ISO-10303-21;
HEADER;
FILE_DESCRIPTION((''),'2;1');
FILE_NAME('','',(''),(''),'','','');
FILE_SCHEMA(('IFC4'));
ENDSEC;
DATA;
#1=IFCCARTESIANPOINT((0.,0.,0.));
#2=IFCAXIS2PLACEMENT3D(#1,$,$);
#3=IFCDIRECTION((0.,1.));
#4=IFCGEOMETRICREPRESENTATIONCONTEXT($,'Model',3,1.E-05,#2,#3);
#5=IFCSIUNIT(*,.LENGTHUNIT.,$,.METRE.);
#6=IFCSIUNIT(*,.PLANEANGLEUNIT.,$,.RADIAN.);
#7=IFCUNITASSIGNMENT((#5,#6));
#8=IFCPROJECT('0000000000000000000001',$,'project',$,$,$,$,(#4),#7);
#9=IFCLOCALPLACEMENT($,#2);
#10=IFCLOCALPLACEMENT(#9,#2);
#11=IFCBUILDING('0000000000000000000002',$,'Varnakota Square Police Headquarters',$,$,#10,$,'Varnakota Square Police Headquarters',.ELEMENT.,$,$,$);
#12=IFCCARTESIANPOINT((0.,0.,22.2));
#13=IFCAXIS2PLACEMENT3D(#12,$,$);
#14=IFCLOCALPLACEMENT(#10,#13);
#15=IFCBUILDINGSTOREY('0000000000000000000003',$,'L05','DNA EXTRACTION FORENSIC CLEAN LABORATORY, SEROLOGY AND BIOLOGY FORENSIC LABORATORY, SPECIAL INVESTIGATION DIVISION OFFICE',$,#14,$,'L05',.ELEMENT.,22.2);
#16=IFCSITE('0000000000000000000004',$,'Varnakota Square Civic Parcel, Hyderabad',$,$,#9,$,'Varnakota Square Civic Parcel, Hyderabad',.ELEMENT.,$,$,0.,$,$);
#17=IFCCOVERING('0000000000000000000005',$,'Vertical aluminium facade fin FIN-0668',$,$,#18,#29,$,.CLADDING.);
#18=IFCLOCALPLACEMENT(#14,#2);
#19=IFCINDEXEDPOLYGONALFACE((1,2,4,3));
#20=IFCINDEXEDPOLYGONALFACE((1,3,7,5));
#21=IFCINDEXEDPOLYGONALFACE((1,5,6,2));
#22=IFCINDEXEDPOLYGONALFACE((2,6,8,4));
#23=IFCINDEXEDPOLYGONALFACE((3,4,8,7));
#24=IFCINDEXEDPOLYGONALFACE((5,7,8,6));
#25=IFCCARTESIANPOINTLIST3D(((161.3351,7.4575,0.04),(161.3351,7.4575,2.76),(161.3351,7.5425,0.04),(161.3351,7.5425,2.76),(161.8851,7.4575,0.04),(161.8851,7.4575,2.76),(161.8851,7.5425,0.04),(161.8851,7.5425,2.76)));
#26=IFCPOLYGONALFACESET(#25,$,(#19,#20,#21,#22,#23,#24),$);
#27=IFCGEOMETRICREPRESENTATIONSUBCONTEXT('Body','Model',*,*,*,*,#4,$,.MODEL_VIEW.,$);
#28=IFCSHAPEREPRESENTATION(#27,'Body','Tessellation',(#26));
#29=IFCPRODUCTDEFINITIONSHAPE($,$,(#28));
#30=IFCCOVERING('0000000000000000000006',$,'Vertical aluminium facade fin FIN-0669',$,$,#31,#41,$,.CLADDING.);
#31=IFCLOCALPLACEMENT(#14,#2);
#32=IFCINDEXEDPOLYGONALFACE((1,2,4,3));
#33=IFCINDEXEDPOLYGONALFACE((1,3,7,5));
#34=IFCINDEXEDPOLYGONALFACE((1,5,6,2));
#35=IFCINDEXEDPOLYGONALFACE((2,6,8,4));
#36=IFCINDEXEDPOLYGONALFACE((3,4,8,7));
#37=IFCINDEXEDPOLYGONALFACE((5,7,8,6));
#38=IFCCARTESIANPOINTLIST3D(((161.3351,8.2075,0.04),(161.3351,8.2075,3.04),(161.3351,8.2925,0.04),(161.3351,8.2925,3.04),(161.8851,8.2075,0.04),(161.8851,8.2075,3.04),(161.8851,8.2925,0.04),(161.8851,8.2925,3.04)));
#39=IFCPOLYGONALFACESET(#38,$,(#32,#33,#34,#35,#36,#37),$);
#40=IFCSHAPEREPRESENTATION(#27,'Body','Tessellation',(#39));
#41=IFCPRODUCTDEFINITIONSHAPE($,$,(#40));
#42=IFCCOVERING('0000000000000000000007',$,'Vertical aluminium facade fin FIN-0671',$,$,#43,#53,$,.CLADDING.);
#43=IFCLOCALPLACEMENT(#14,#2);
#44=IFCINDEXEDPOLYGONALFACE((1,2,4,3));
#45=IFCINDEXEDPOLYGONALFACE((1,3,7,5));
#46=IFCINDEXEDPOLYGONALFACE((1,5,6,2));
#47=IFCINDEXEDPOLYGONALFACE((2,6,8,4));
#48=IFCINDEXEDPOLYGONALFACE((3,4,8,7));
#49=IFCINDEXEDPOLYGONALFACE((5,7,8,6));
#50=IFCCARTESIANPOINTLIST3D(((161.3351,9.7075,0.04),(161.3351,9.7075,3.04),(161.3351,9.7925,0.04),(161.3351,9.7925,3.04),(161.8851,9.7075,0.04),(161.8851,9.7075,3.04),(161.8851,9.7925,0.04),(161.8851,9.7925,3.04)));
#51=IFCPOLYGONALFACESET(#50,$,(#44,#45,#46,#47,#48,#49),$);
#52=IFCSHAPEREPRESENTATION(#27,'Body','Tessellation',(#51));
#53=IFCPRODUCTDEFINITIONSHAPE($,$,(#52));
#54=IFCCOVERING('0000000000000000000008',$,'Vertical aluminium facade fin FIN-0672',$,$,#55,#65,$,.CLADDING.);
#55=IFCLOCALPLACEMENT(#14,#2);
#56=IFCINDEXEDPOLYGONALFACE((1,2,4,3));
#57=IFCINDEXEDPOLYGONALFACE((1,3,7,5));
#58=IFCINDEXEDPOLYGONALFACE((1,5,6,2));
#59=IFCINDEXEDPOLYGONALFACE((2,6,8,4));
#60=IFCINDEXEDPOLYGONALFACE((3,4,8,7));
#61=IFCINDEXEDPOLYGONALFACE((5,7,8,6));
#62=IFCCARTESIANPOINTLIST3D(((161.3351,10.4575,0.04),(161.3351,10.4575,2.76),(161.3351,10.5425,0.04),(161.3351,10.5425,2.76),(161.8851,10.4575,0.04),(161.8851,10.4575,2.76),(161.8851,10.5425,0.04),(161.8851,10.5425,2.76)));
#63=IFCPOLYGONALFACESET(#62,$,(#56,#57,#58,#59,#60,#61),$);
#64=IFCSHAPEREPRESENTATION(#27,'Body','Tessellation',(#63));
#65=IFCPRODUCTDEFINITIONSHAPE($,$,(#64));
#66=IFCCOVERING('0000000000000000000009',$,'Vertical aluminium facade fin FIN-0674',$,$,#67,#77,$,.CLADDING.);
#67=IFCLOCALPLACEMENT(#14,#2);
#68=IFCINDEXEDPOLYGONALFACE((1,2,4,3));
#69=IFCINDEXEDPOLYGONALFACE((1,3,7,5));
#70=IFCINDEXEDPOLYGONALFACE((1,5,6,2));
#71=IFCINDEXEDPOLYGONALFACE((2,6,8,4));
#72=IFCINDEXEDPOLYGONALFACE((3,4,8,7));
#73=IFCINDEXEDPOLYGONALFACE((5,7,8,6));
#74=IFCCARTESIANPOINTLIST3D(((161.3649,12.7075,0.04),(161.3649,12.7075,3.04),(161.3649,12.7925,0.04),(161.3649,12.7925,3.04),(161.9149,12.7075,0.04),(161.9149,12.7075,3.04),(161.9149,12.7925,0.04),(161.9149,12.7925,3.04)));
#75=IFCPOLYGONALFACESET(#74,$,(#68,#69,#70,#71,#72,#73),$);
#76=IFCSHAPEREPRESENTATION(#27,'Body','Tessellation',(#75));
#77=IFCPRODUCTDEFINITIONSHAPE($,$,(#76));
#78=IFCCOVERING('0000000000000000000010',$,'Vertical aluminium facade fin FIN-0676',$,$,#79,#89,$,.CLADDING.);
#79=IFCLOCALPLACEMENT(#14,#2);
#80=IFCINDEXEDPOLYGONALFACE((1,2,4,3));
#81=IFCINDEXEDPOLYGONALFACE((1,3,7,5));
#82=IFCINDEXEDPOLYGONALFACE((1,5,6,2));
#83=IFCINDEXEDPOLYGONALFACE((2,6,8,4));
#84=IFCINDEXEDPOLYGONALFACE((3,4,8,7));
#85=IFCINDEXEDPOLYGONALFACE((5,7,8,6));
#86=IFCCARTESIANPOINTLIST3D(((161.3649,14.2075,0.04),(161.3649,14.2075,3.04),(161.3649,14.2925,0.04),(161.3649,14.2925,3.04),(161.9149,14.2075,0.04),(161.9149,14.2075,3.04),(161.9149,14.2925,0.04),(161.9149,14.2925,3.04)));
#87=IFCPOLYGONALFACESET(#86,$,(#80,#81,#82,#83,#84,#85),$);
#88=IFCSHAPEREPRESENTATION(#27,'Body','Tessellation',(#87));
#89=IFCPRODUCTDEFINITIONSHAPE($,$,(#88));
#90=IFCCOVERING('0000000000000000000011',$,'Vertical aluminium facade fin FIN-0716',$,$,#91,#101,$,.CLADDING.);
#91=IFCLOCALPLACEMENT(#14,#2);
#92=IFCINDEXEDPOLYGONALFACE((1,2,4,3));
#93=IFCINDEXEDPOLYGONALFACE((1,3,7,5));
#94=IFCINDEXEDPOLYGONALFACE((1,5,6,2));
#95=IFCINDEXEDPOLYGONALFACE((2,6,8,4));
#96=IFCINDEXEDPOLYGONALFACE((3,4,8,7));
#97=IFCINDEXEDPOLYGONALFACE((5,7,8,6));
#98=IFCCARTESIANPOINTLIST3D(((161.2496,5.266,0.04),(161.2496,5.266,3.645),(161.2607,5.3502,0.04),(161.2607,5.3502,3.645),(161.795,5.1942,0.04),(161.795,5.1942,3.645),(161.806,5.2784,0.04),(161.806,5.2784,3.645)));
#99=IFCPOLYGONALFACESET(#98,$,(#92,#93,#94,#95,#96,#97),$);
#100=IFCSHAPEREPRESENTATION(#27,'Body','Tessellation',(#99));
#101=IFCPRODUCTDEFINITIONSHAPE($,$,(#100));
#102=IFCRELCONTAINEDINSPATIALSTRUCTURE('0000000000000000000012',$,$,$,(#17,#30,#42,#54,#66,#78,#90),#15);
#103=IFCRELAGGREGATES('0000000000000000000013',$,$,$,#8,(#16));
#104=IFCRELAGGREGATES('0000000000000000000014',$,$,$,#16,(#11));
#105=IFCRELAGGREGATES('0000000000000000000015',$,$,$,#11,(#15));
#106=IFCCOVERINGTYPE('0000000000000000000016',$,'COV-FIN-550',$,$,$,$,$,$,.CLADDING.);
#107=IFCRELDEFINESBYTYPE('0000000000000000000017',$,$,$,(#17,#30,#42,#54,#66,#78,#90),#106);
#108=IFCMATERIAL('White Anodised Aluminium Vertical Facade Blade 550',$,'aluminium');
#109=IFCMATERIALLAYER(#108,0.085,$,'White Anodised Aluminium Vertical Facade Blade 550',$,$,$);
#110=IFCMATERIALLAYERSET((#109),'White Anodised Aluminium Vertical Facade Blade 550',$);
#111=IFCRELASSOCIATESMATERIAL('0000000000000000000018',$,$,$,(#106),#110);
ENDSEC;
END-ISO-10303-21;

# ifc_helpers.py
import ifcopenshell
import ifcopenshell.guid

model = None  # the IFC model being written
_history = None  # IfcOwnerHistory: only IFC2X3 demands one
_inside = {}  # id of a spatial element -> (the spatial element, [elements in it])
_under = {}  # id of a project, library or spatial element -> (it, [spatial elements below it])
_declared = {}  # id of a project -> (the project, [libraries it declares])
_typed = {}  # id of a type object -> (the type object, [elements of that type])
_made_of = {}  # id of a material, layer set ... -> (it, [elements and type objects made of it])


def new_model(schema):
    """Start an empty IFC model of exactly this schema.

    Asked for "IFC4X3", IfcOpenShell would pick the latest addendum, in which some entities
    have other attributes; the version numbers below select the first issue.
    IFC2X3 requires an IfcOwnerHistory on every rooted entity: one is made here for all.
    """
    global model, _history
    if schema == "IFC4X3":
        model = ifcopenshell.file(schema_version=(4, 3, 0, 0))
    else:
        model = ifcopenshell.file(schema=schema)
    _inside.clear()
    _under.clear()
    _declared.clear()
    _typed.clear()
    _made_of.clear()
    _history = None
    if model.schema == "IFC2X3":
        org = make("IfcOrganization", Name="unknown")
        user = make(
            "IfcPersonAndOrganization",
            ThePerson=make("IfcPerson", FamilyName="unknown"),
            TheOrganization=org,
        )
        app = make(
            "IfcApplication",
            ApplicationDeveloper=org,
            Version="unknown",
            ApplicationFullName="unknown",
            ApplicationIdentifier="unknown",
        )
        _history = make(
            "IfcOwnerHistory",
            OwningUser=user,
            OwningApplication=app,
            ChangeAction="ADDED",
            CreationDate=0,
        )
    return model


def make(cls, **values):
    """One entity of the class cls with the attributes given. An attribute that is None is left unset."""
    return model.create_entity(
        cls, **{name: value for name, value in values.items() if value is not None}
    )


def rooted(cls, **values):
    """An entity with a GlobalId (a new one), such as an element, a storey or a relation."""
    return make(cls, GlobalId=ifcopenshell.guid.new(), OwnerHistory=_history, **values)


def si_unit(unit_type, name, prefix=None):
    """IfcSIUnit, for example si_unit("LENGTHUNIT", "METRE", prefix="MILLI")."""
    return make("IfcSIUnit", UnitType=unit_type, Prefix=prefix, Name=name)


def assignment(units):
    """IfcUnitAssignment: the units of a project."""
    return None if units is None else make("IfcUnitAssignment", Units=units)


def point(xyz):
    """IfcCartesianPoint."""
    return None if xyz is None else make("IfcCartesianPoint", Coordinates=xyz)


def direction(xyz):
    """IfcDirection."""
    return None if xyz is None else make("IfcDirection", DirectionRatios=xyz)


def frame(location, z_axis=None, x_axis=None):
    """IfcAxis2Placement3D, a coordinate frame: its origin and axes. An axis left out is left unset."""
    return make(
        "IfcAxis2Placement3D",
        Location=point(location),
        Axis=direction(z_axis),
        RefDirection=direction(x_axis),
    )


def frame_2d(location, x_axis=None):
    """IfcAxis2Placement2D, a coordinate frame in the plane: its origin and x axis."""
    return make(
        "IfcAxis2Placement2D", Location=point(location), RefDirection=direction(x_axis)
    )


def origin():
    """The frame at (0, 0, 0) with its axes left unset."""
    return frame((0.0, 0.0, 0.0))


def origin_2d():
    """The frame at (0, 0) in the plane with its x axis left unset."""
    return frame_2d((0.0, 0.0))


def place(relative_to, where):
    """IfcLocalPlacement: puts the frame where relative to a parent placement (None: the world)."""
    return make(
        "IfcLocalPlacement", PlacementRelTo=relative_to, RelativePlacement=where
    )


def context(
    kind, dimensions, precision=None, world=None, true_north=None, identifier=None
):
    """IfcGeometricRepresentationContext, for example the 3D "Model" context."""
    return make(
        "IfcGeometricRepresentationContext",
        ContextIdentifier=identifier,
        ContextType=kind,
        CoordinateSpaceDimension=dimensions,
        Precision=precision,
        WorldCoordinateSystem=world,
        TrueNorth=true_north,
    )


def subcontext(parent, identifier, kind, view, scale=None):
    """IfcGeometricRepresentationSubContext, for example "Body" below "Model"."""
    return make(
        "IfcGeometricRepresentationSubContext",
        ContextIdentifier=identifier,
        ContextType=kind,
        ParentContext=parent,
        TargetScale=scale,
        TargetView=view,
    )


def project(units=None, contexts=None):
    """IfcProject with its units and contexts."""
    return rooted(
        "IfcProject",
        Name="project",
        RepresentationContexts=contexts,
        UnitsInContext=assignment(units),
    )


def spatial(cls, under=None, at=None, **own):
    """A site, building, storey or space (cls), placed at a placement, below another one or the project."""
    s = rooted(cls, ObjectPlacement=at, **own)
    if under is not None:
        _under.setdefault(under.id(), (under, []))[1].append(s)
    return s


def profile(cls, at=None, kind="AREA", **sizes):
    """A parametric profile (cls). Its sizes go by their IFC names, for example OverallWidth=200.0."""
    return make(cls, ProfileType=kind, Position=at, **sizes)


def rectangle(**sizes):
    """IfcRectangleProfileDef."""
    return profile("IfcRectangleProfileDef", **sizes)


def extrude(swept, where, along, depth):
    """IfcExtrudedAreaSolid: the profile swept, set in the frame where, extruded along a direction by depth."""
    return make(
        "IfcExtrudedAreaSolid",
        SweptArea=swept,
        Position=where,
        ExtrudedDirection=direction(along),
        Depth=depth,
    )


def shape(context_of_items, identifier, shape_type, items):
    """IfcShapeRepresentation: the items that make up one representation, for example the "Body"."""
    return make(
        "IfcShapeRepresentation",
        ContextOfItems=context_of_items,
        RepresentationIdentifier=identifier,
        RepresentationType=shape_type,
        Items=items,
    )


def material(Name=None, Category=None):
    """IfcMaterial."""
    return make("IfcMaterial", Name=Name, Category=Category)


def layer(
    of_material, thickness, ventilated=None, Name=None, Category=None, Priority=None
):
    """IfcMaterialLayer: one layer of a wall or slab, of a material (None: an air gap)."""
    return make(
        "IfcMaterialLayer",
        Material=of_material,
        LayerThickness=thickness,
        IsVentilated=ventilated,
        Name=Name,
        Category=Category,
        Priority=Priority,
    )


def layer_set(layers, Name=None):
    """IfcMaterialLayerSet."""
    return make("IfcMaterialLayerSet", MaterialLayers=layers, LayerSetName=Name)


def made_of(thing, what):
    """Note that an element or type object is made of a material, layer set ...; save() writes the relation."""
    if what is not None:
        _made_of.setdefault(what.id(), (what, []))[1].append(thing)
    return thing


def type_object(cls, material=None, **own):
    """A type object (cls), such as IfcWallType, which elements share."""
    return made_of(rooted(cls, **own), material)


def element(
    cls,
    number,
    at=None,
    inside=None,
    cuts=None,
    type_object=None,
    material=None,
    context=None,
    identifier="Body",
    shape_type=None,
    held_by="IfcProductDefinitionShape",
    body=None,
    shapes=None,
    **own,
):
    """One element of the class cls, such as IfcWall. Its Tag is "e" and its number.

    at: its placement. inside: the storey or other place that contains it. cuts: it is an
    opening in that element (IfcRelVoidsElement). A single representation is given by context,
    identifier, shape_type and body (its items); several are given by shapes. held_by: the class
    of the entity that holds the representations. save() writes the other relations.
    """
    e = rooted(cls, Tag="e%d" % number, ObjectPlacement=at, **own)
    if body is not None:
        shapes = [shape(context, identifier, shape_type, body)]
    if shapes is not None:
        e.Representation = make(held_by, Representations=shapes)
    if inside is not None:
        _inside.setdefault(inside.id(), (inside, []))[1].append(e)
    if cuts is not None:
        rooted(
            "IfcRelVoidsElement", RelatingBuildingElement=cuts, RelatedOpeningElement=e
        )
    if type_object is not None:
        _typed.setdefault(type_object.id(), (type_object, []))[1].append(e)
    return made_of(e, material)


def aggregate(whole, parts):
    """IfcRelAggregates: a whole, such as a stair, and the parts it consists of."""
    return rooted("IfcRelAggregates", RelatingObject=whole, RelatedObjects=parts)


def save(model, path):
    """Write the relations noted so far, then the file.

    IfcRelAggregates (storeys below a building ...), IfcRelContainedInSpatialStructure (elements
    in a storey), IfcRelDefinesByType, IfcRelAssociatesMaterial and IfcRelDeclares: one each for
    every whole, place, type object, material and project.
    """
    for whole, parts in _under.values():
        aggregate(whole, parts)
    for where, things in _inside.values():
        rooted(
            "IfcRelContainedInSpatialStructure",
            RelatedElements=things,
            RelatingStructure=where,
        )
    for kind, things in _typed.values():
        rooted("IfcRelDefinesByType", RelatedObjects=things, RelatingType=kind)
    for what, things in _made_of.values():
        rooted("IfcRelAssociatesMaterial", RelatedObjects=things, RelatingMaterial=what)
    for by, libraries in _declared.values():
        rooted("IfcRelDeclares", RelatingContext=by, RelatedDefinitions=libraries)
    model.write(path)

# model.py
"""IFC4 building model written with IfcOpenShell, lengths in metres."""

from ifc_helpers import new_model, si_unit, direction, frame, origin, origin_2d, place, context, subcontext, project, spatial, rectangle, extrude, material, layer, layer_set, type_object, element, save


model = new_model("IFC4")

# Units and contexts
model_context = context("Model", 3, precision=1e-05, world=origin(), true_north=direction((0.0, 1.0)))
body_context = subcontext(model_context, "Body", "Model", "MODEL_VIEW")
ifc_project = project(units=[si_unit("LENGTHUNIT", "METRE"), si_unit("PLANEANGLEUNIT", "RADIAN")], contexts=[model_context])

# Site, building, storey
site_placement = place(None, origin())
site = spatial("IfcSite", under=ifc_project, at=site_placement, Name="Varnakota Square Civic Parcel, Hyderabad", LongName="Varnakota Square Civic Parcel, Hyderabad", CompositionType="ELEMENT", RefElevation=0.0)
building_placement = place(site_placement, origin())
building = spatial("IfcBuilding", under=site, at=building_placement, Name="Varnakota Square Police Headquarters", LongName="Varnakota Square Police Headquarters", CompositionType="ELEMENT")
storey_placement = place(building_placement, frame((0.0, 0.0, 22.2)))
storey = spatial("IfcBuildingStorey", under=building, at=storey_placement, Name="L05", Description="DNA EXTRACTION FORENSIC CLEAN LABORATORY, SEROLOGY AND BIOLOGY FORENSIC LABORATORY, SPECIAL INVESTIGATION DIVISION OFFICE", LongName="L05", CompositionType="ELEMENT", Elevation=22.2)

# Coverings
ifc_material_1 = material(Name="White Anodised Aluminium Vertical Facade Blade 550", Category="aluminium")
ifc_layer_1 = layer(ifc_material_1, 0.085, Name="White Anodised Aluminium Vertical Facade Blade 550")
ifc_layer_set_1 = layer_set([ifc_layer_1], Name="White Anodised Aluminium Vertical Facade Blade 550")
covering_type_1 = type_object("IfcCoveringType", Name="COV-FIN-550", PredefinedType="CLADDING", material=ifc_layer_set_1)
covering_1_placement = place(storey_placement, frame((161.6101, 7.5, 0.04), z_axis=(0.0, 0.0, 1.0), x_axis=(0.0, 1.0, 0.0)))
element("IfcCovering", 1, at=covering_1_placement, inside=storey, type_object=covering_type_1, Name="Vertical aluminium facade fin FIN-0668", PredefinedType="CLADDING", context=body_context, shape_type="SweptSolid", body=[
    extrude(rectangle(XDim=0.085, YDim=0.55, at=origin_2d()), origin(), (0.0, 0.0, 1.0), 2.72),
])
for number, where, z_axis, x_axis, name in (
    (2, (161.6101, 8.25, 0.04), (0.0, 0.0, 1.0), (0.0, 1.0, 0.0), "Vertical aluminium facade fin FIN-0669"),
    (3, (161.6101, 9.75, 0.04), (0.0, 0.0, 1.0), (0.0, 1.0, 0.0), "Vertical aluminium facade fin FIN-0671"),
):
    element("IfcCovering", number, at=place(storey_placement, frame(where, z_axis=z_axis, x_axis=x_axis)), inside=storey, type_object=covering_type_1, Name=name, PredefinedType="CLADDING", context=body_context, shape_type="SweptSolid", body=[
        extrude(rectangle(XDim=0.085, YDim=0.55, at=origin_2d()), origin(), (0.0, 0.0, 1.0), 3.0),
    ])
covering_2_placement = place(storey_placement, frame((161.6101, 10.5, 0.04), z_axis=(0.0, 0.0, 1.0), x_axis=(0.0, 1.0, 0.0)))
element("IfcCovering", 4, at=covering_2_placement, inside=storey, type_object=covering_type_1, Name="Vertical aluminium facade fin FIN-0672", PredefinedType="CLADDING", context=body_context, shape_type="SweptSolid", body=[
    extrude(rectangle(XDim=0.085, YDim=0.55, at=origin_2d()), origin(), (0.0, 0.0, 1.0), 2.72),
])
for number, where, z_axis, x_axis, name in (
    (5, (161.6399, 12.75, 0.04), (0.0, 0.0, 1.0), (0.0, 1.0, 0.0), "Vertical aluminium facade fin FIN-0674"),
    (6, (161.6399, 14.25, 0.04), (0.0, 0.0, 1.0), (0.0, 1.0, 0.0), "Vertical aluminium facade fin FIN-0676"),
):
    element("IfcCovering", number, at=place(storey_placement, frame(where, z_axis=z_axis, x_axis=x_axis)), inside=storey, type_object=covering_type_1, Name=name, PredefinedType="CLADDING", context=body_context, shape_type="SweptSolid", body=[
        extrude(rectangle(XDim=0.085, YDim=0.55, at=origin_2d()), origin(), (0.0, 0.0, 1.0), 3.0),
    ])
covering_3_placement = place(storey_placement, frame((161.5278, 5.2722, 0.04), z_axis=(0.0, 0.0, 1.0), x_axis=(0.130526, 0.991445, 0.0)))
element("IfcCovering", 7, at=covering_3_placement, inside=storey, type_object=covering_type_1, Name="Vertical aluminium facade fin FIN-0716", PredefinedType="CLADDING", context=body_context, shape_type="SweptSolid", body=[
    extrude(rectangle(XDim=0.085, YDim=0.55, at=origin_2d()), origin(), (0.0, 0.0, 1.0), 3.605),
])

save(model, "model.ifc")
